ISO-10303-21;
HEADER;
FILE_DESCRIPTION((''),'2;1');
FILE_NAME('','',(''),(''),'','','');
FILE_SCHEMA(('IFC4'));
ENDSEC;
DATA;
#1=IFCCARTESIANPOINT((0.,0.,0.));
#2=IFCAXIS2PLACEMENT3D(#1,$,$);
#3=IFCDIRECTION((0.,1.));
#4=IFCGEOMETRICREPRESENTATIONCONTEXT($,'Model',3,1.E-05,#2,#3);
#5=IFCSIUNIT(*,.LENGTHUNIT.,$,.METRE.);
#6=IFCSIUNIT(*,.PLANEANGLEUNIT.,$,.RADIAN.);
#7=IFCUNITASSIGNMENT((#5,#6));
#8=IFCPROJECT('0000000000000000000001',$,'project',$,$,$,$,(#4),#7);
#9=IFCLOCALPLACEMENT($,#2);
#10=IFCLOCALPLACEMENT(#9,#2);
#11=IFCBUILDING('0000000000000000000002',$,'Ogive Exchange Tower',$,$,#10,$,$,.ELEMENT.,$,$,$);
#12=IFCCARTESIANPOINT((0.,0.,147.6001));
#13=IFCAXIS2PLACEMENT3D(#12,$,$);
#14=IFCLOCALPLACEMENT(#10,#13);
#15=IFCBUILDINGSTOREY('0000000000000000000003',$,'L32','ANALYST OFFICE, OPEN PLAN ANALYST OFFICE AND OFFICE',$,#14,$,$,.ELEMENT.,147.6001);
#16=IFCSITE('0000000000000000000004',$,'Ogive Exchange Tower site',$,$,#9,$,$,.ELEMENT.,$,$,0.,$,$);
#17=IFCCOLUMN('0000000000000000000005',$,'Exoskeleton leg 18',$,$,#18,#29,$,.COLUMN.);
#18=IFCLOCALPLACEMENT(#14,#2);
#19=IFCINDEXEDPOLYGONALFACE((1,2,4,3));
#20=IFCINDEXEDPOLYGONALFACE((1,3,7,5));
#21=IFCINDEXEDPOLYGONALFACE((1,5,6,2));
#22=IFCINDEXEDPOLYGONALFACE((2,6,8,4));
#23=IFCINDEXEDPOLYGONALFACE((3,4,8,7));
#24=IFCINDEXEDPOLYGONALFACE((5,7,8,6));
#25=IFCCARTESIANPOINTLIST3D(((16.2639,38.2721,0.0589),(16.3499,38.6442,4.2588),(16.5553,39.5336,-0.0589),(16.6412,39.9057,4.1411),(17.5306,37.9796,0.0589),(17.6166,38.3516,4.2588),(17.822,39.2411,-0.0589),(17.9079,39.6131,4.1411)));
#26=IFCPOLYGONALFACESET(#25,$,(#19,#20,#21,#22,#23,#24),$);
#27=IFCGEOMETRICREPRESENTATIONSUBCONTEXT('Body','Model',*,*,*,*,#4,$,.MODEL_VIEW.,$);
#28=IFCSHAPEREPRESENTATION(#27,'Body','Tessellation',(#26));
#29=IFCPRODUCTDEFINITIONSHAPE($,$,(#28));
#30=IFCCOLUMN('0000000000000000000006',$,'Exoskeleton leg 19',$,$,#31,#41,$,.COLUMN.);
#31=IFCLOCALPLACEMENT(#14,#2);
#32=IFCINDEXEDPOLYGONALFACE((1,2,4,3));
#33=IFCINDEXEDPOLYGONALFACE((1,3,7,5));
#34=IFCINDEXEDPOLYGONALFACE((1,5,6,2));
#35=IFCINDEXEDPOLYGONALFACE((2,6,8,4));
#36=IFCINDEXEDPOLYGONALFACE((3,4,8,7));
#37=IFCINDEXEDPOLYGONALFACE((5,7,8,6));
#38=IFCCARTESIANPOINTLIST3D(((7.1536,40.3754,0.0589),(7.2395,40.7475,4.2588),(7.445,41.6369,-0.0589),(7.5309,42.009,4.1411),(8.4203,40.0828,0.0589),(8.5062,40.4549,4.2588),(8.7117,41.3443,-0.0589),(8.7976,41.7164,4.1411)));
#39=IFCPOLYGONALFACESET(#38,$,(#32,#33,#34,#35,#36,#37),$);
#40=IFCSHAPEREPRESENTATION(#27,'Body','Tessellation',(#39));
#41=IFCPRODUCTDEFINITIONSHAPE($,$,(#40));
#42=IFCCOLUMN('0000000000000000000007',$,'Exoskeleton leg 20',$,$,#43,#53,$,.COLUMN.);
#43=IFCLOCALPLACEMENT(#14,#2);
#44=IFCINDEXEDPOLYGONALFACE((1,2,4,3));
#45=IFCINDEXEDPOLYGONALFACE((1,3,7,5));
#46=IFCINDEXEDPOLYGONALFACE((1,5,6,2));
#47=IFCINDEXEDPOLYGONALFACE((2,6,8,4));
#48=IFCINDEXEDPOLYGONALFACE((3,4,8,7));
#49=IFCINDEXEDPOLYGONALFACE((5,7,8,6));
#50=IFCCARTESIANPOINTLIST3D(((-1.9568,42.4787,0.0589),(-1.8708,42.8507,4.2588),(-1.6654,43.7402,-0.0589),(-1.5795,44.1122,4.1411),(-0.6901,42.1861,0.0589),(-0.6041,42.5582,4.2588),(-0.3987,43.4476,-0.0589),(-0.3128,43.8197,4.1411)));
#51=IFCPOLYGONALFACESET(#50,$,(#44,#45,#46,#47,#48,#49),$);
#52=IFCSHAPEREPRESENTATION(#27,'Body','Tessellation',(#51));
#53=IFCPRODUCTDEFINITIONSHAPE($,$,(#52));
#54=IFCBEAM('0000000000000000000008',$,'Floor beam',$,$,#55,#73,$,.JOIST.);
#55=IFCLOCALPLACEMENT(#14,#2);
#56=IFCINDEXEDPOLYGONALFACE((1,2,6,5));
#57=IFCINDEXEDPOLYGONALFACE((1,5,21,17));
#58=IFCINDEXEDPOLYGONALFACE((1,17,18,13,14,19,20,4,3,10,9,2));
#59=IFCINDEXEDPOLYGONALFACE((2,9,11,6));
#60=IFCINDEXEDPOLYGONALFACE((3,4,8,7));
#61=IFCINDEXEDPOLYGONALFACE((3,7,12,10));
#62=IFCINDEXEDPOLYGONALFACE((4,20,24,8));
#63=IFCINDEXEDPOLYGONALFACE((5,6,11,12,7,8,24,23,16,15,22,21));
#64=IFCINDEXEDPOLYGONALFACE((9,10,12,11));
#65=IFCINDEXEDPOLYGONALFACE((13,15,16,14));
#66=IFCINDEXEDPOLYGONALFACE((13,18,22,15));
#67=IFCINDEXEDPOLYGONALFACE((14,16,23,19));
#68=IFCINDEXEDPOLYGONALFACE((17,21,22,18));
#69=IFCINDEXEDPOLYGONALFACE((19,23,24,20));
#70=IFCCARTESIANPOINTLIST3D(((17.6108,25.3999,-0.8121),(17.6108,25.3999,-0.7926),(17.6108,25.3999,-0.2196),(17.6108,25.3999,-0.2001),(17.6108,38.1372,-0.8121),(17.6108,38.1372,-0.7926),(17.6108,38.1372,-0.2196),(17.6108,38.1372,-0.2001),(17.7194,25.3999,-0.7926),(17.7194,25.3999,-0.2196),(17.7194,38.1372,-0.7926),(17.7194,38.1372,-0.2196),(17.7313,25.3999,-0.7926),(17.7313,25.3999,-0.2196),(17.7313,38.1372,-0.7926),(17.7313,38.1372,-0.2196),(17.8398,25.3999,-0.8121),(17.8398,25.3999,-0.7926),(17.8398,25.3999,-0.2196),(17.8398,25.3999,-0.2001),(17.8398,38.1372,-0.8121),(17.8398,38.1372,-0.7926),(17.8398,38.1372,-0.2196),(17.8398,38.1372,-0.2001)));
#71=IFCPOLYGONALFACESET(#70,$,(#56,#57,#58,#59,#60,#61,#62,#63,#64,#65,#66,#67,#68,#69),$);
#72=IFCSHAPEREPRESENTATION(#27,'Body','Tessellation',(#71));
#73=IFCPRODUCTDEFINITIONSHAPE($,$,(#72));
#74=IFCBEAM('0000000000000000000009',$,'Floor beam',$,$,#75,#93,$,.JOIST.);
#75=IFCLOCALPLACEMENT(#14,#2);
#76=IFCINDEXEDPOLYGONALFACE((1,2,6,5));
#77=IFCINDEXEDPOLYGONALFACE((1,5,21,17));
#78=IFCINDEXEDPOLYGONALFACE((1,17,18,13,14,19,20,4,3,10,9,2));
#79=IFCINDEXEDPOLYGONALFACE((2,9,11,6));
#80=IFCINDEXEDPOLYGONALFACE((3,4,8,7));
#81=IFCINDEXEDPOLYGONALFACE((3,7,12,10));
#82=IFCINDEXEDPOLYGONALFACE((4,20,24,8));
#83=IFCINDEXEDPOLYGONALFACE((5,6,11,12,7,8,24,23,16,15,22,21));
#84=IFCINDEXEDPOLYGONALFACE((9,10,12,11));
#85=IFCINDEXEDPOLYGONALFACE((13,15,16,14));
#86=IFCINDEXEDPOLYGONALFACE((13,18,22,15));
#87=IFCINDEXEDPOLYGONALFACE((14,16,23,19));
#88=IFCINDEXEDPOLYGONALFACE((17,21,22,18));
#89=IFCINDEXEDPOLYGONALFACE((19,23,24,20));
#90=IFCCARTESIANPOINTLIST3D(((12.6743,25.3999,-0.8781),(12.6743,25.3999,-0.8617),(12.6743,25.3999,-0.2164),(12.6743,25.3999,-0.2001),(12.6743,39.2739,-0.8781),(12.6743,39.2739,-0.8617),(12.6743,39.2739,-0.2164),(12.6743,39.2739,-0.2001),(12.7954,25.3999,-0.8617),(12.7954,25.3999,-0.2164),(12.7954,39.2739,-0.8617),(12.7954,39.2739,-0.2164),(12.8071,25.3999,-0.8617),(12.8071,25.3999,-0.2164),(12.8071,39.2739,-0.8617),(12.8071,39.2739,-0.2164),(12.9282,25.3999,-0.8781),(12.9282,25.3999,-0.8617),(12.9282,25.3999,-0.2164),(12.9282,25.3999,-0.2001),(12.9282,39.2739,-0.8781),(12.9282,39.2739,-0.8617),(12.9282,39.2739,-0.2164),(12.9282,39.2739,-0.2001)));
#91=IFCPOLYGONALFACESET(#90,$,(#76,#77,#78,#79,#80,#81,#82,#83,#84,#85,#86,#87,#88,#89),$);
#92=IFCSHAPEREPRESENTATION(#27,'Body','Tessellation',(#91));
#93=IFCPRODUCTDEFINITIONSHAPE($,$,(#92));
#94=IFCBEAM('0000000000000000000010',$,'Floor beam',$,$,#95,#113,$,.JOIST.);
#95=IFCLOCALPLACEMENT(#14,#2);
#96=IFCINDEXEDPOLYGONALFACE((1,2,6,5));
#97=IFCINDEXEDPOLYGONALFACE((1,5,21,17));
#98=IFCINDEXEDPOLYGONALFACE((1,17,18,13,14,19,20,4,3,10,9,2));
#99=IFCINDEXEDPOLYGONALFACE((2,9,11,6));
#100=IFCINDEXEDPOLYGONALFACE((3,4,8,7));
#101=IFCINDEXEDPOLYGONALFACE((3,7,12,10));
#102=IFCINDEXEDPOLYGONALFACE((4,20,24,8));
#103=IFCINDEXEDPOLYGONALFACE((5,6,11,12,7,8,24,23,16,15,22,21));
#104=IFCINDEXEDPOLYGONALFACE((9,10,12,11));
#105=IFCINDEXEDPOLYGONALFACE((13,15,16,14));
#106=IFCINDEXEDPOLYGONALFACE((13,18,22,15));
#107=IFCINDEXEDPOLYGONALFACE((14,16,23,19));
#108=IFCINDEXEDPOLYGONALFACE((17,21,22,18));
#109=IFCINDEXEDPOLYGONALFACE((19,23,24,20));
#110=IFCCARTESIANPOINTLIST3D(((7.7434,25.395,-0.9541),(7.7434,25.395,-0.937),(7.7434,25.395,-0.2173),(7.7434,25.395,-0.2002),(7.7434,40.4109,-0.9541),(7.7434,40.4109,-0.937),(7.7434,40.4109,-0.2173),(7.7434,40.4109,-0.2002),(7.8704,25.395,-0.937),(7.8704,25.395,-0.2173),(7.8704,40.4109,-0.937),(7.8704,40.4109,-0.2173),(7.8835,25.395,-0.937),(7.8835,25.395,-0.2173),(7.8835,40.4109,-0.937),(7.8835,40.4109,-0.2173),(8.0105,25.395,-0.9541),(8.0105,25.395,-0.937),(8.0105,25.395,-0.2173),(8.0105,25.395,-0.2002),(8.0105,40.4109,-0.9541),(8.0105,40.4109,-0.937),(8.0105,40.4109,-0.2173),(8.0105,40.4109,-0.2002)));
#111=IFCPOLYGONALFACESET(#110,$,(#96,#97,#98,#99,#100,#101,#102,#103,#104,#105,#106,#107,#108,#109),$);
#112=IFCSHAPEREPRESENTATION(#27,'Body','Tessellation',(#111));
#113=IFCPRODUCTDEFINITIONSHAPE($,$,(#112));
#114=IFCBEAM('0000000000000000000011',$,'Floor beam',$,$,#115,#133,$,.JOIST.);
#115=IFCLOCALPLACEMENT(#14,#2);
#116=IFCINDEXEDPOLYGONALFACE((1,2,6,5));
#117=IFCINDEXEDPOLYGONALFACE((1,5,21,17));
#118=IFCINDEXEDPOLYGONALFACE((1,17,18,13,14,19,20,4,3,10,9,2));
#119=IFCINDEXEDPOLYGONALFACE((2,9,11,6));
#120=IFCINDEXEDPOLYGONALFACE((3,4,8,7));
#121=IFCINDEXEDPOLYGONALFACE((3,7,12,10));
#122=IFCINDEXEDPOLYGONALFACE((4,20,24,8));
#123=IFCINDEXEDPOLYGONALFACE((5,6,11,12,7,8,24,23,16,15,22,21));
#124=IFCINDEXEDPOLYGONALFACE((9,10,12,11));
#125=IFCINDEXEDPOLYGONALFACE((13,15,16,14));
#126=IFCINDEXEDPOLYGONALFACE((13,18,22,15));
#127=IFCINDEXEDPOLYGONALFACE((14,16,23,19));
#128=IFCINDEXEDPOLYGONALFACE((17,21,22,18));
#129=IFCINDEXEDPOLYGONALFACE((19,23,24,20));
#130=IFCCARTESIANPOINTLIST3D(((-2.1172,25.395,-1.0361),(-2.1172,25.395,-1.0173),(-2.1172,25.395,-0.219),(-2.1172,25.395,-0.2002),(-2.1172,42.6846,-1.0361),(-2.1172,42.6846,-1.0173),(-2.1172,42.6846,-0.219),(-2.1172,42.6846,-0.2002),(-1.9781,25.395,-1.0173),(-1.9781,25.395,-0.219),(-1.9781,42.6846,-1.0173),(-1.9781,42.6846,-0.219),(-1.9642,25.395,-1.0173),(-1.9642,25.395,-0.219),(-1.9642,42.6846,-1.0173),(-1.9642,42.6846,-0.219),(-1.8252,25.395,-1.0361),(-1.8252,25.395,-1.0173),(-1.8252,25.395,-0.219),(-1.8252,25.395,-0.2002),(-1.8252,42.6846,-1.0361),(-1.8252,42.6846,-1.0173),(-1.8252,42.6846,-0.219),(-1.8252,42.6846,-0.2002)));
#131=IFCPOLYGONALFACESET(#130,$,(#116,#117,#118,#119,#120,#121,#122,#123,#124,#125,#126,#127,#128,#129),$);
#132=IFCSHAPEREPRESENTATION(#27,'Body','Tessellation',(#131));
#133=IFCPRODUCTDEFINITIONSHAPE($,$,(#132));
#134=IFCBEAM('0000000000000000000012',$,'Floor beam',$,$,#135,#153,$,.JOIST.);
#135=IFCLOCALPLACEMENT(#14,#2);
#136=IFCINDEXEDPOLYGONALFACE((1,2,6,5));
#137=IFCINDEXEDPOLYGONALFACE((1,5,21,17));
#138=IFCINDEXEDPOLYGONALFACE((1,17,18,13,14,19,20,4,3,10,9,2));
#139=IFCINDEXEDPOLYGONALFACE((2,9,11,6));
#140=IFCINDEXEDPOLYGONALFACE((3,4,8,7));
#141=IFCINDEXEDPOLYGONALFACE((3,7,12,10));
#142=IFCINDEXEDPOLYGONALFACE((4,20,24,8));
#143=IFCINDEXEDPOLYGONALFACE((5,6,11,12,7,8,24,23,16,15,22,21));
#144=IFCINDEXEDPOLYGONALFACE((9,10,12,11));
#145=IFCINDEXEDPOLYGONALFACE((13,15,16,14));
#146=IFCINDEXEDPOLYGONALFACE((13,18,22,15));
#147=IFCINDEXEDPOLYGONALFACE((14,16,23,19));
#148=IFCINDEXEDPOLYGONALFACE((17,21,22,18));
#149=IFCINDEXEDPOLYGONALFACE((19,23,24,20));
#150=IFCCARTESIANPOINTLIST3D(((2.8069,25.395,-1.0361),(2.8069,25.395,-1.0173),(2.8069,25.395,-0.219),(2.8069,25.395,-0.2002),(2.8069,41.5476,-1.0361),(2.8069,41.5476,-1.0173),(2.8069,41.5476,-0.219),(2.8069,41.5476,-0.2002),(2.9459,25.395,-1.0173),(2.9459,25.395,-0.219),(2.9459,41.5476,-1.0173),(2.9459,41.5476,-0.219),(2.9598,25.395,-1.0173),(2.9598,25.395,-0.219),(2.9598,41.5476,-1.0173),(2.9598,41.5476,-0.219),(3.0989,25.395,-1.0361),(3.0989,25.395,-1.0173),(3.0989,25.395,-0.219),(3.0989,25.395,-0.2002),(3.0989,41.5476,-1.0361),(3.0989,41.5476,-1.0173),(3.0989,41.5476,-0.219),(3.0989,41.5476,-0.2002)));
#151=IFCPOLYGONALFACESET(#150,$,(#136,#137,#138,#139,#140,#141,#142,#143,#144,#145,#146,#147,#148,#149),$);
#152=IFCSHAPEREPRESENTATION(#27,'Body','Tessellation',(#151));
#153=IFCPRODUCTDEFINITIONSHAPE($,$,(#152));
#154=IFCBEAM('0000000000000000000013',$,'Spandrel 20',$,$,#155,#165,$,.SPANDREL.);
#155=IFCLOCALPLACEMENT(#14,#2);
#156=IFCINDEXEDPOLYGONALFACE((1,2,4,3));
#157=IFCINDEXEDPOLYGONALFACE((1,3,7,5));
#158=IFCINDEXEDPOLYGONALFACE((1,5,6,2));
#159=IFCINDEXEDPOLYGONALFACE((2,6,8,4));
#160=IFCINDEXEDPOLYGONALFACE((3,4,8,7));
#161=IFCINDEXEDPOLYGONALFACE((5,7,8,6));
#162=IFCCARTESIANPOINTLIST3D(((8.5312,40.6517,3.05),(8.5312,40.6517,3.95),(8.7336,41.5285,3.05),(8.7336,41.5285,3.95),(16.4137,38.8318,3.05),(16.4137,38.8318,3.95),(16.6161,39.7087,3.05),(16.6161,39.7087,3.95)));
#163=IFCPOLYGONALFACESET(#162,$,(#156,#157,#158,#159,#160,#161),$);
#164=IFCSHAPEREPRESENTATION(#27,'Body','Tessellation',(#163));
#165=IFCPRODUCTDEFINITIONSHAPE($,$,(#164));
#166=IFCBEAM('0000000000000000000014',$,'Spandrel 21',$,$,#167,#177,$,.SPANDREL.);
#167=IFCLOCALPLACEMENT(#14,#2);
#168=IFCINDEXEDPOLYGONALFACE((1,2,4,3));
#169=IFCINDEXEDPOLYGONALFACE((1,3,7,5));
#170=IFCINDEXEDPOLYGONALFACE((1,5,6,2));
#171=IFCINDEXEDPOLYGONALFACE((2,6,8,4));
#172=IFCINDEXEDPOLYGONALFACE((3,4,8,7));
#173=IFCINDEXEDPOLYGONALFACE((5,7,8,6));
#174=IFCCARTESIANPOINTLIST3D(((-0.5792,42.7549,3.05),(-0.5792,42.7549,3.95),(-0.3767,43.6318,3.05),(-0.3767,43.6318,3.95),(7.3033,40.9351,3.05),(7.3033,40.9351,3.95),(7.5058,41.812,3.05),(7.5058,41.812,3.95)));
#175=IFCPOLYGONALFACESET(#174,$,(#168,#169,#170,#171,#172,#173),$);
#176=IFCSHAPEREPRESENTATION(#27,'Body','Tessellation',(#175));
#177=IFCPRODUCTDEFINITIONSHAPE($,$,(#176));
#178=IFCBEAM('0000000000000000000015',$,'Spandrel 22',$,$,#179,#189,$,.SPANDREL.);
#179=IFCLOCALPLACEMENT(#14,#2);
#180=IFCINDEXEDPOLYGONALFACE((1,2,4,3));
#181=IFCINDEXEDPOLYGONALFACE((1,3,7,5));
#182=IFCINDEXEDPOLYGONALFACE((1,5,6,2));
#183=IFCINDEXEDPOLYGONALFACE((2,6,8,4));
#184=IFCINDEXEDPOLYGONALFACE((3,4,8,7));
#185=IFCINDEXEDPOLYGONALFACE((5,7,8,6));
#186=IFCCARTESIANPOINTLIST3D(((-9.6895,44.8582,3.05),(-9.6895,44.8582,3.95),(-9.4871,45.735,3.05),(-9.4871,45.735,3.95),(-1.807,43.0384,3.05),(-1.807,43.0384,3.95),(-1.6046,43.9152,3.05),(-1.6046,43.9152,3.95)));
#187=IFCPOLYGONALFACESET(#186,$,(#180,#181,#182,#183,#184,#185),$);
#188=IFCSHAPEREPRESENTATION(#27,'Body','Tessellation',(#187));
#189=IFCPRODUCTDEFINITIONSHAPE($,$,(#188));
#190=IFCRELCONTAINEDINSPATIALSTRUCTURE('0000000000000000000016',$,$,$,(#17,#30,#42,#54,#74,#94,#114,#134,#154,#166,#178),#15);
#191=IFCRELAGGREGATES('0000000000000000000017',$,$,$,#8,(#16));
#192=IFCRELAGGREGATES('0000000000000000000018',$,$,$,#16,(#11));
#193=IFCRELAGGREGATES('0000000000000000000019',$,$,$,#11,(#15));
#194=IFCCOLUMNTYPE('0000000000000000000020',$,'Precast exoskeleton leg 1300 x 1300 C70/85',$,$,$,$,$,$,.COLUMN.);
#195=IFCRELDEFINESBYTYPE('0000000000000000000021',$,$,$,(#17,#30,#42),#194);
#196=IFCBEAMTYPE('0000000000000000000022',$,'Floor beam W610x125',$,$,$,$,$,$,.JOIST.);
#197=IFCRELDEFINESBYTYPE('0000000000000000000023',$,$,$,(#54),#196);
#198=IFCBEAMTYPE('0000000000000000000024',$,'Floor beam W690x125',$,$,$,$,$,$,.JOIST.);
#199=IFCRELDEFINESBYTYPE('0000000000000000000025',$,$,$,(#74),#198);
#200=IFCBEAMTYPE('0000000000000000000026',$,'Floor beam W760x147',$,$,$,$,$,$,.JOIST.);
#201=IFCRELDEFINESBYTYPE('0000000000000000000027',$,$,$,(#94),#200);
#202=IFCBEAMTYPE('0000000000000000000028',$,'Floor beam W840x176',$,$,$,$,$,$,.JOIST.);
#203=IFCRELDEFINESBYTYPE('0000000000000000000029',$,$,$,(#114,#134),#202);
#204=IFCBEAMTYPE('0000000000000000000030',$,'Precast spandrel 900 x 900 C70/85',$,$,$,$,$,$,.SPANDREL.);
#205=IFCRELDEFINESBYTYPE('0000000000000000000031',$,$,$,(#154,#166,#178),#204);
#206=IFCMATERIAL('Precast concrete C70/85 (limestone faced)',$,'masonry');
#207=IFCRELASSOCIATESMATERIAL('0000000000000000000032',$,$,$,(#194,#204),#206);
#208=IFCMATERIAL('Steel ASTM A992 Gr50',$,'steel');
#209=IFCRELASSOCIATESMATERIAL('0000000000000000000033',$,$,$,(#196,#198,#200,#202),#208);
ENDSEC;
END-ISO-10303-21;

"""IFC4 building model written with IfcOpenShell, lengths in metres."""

from ifc_helpers import new_model, si_unit, direction, frame, origin, origin_2d, place, context, subcontext, project, spatial, rectangle, i_section, extrude, material, material_profile, profile_set, type_object, element, save


model = new_model("IFC4")

# Units and contexts
model_context = context("Model", 3, precision=1e-05, world=origin(), true_north=direction((0.0, 1.0)))
body_context = subcontext(model_context, "Body", "Model", "MODEL_VIEW")
ifc_project = project(units=[si_unit("LENGTHUNIT", "METRE"), si_unit("PLANEANGLEUNIT", "RADIAN")], contexts=[model_context])

# Site, building, storey
site_placement = place(None, origin())
site = spatial("IfcSite", under=ifc_project, at=site_placement, Name="Ogive Exchange Tower site", CompositionType="ELEMENT", RefElevation=0.0)
building_placement = place(site_placement, origin())
building = spatial("IfcBuilding", under=site, at=building_placement, Name="Ogive Exchange Tower", CompositionType="ELEMENT")
storey_placement = place(building_placement, frame((0.0, 0.0, 147.6001)))
storey = spatial("IfcBuildingStorey", under=building, at=storey_placement, Name="L32", Description="ANALYST OFFICE, OPEN PLAN ANALYST OFFICE AND OFFICE", CompositionType="ELEMENT", Elevation=147.6001)

# Columns
ifc_material_1 = material(Name="Precast concrete C70/85 (limestone faced)", Category="masonry")
ifc_material_profile_1 = material_profile(ifc_material_1, rectangle(XDim=1.3, YDim=1.3, at=origin_2d()), Name="1300 x 1300")
ifc_profile_set_1 = profile_set([ifc_material_profile_1], Name="Precast concrete C70/85 (limestone faced)")
column_type = type_object("IfcColumnType", Name="Precast exoskeleton leg 1300 x 1300 C70/85", PredefinedType="COLUMN", material=ifc_profile_set_1)
for number, where, z_axis, x_axis, name in (
    (1, (17.043, 38.7566, 0.0), (0.020377, 0.088225, 0.995892), (-0.974348, 0.225046, 0.0), "Exoskeleton leg 18"),
    (2, (7.9326, 40.8599, 0.0), (0.020377, 0.088225, 0.995892), (-0.974348, 0.225046, 0.0), "Exoskeleton leg 19"),
    (3, (-1.1777, 42.9631, 0.0), (0.020377, 0.088225, 0.995892), (-0.974348, 0.225046, 0.0), "Exoskeleton leg 20"),
):
    element("IfcColumn", number, at=place(storey_placement, frame(where, z_axis=z_axis, x_axis=x_axis)), inside=storey, type_object=column_type, Name=name, PredefinedType="COLUMN", context=body_context, shape_type="SweptSolid", body=[
        extrude(rectangle(XDim=1.3, YDim=1.3, at=origin_2d()), origin(), (0.0, 0.0, 1.0), 4.2173),
    ])

# Beams
ifc_material_2 = material(Name="Steel ASTM A992 Gr50", Category="steel")
ifc_material_profile_2 = material_profile(ifc_material_2, i_section(OverallWidth=0.229, OverallDepth=0.6121, WebThickness=0.012, FlangeThickness=0.0195, at=origin_2d()), Name="W610x125")
ifc_profile_set_2 = profile_set([ifc_material_profile_2], Name="Steel ASTM A992 Gr50")
beam_type_1 = type_object("IfcBeamType", Name="Floor beam W610x125", PredefinedType="JOIST", material=ifc_profile_set_2)
beam_1_placement = place(storey_placement, frame((17.7253, 25.3999, -0.5061), z_axis=(0.0, 1.0, 0.0), x_axis=(-1.0, 0.0, 0.0)))
element("IfcBeam", 4, at=beam_1_placement, inside=storey, type_object=beam_type_1, Name="Floor beam", PredefinedType="JOIST", context=body_context, shape_type="SweptSolid", body=[
    extrude(i_section(OverallWidth=0.229, OverallDepth=0.6121, WebThickness=0.012, FlangeThickness=0.0195, at=origin_2d()), origin(), (0.0, 0.0, 1.0), 12.7373),
])
ifc_material_profile_3 = material_profile(ifc_material_2, i_section(OverallWidth=0.2539, OverallDepth=0.678, WebThickness=0.0117, FlangeThickness=0.0164, at=origin_2d()), Name="W690x125")
ifc_profile_set_3 = profile_set([ifc_material_profile_3], Name="Steel ASTM A992 Gr50")
beam_type_2 = type_object("IfcBeamType", Name="Floor beam W690x125", PredefinedType="JOIST", material=ifc_profile_set_3)
beam_2_placement = place(storey_placement, frame((12.8013, 25.3999, -0.5391), z_axis=(0.0, 1.0, 0.0), x_axis=(-1.0, 0.0, 0.0)))
element("IfcBeam", 5, at=beam_2_placement, inside=storey, type_object=beam_type_2, Name="Floor beam", PredefinedType="JOIST", context=body_context, shape_type="SweptSolid", body=[
    extrude(i_section(OverallWidth=0.2539, OverallDepth=0.678, WebThickness=0.0117, FlangeThickness=0.0164, at=origin_2d()), origin(), (0.0, 0.0, 1.0), 13.874),
])
ifc_material_profile_4 = material_profile(ifc_material_2, i_section(OverallWidth=0.2671, OverallDepth=0.7539, WebThickness=0.0132, FlangeThickness=0.0171, at=origin_2d()), Name="W760x147")
ifc_profile_set_4 = profile_set([ifc_material_profile_4], Name="Steel ASTM A992 Gr50")
beam_type_3 = type_object("IfcBeamType", Name="Floor beam W760x147", PredefinedType="JOIST", material=ifc_profile_set_4)
beam_3_placement = place(storey_placement, frame((7.877, 25.395, -0.5771), z_axis=(0.0, 1.0, 0.0), x_axis=(-1.0, 0.0, 0.0)))
element("IfcBeam", 6, at=beam_3_placement, inside=storey, type_object=beam_type_3, Name="Floor beam", PredefinedType="JOIST", context=body_context, shape_type="SweptSolid", body=[
    extrude(i_section(OverallWidth=0.2671, OverallDepth=0.7539, WebThickness=0.0132, FlangeThickness=0.0171, at=origin_2d()), origin(), (0.0, 0.0, 1.0), 15.0159),
])
ifc_material_profile_5 = material_profile(ifc_material_2, i_section(OverallWidth=0.292, OverallDepth=0.8359, WebThickness=0.0139, FlangeThickness=0.0188, at=origin_2d()), Name="W840x176")
ifc_profile_set_5 = profile_set([ifc_material_profile_5], Name="Steel ASTM A992 Gr50")
beam_type_4 = type_object("IfcBeamType", Name="Floor beam W840x176", PredefinedType="JOIST", material=ifc_profile_set_5)
beam_4_placement = place(storey_placement, frame((-1.9712, 25.395, -0.6182), z_axis=(0.0, 1.0, 0.0), x_axis=(-1.0, 0.0, 0.0)))
element("IfcBeam", 7, at=beam_4_placement, inside=storey, type_object=beam_type_4, Name="Floor beam", PredefinedType="JOIST", context=body_context, shape_type="SweptSolid", body=[
    extrude(i_section(OverallWidth=0.292, OverallDepth=0.8359, WebThickness=0.0139, FlangeThickness=0.0188, at=origin_2d()), origin(), (0.0, 0.0, 1.0), 17.2896),
])
beam_5_placement = place(storey_placement, frame((2.9529, 25.395, -0.6182), z_axis=(0.0, 1.0, 0.0), x_axis=(-1.0, 0.0, 0.0)))
element("IfcBeam", 8, at=beam_5_placement, inside=storey, type_object=beam_type_4, Name="Floor beam", PredefinedType="JOIST", context=body_context, shape_type="SweptSolid", body=[
    extrude(i_section(OverallWidth=0.292, OverallDepth=0.8359, WebThickness=0.0139, FlangeThickness=0.0188, at=origin_2d()), origin(), (0.0, 0.0, 1.0), 16.1526),
])
ifc_material_profile_6 = material_profile(ifc_material_1, rectangle(XDim=0.8999, YDim=0.8999, at=origin_2d()), Name="900 x 900")
ifc_profile_set_6 = profile_set([ifc_material_profile_6], Name="Precast concrete C70/85 (limestone faced)")
beam_type_5 = type_object("IfcBeamType", Name="Precast spandrel 900 x 900 C70/85", PredefinedType="SPANDREL", material=ifc_profile_set_6)
for number, where, z_axis, x_axis, name in (
    (9, (16.5149, 39.2703, 3.5), (-0.97437, 0.22495, 0.0), (-0.22495, -0.97437, 0.0), "Spandrel 20"),
    (10, (7.4045, 41.3735, 3.5), (-0.97437, 0.22495, 0.0), (-0.22495, -0.97437, 0.0), "Spandrel 21"),
    (11, (-1.7058, 43.4768, 3.5), (-0.97437, 0.22495, 0.0), (-0.22495, -0.97437, 0.0), "Spandrel 22"),
):
    element("IfcBeam", number, at=place(storey_placement, frame(where, z_axis=z_axis, x_axis=x_axis)), inside=storey, type_object=beam_type_5, Name=name, PredefinedType="SPANDREL", context=body_context, shape_type="SweptSolid", body=[
        extrude(rectangle(XDim=0.8999, YDim=0.8999, at=origin_2d()), origin(), (0.0, 0.0, 1.0), 8.0898),
    ])

save(model, "model.ifc")
